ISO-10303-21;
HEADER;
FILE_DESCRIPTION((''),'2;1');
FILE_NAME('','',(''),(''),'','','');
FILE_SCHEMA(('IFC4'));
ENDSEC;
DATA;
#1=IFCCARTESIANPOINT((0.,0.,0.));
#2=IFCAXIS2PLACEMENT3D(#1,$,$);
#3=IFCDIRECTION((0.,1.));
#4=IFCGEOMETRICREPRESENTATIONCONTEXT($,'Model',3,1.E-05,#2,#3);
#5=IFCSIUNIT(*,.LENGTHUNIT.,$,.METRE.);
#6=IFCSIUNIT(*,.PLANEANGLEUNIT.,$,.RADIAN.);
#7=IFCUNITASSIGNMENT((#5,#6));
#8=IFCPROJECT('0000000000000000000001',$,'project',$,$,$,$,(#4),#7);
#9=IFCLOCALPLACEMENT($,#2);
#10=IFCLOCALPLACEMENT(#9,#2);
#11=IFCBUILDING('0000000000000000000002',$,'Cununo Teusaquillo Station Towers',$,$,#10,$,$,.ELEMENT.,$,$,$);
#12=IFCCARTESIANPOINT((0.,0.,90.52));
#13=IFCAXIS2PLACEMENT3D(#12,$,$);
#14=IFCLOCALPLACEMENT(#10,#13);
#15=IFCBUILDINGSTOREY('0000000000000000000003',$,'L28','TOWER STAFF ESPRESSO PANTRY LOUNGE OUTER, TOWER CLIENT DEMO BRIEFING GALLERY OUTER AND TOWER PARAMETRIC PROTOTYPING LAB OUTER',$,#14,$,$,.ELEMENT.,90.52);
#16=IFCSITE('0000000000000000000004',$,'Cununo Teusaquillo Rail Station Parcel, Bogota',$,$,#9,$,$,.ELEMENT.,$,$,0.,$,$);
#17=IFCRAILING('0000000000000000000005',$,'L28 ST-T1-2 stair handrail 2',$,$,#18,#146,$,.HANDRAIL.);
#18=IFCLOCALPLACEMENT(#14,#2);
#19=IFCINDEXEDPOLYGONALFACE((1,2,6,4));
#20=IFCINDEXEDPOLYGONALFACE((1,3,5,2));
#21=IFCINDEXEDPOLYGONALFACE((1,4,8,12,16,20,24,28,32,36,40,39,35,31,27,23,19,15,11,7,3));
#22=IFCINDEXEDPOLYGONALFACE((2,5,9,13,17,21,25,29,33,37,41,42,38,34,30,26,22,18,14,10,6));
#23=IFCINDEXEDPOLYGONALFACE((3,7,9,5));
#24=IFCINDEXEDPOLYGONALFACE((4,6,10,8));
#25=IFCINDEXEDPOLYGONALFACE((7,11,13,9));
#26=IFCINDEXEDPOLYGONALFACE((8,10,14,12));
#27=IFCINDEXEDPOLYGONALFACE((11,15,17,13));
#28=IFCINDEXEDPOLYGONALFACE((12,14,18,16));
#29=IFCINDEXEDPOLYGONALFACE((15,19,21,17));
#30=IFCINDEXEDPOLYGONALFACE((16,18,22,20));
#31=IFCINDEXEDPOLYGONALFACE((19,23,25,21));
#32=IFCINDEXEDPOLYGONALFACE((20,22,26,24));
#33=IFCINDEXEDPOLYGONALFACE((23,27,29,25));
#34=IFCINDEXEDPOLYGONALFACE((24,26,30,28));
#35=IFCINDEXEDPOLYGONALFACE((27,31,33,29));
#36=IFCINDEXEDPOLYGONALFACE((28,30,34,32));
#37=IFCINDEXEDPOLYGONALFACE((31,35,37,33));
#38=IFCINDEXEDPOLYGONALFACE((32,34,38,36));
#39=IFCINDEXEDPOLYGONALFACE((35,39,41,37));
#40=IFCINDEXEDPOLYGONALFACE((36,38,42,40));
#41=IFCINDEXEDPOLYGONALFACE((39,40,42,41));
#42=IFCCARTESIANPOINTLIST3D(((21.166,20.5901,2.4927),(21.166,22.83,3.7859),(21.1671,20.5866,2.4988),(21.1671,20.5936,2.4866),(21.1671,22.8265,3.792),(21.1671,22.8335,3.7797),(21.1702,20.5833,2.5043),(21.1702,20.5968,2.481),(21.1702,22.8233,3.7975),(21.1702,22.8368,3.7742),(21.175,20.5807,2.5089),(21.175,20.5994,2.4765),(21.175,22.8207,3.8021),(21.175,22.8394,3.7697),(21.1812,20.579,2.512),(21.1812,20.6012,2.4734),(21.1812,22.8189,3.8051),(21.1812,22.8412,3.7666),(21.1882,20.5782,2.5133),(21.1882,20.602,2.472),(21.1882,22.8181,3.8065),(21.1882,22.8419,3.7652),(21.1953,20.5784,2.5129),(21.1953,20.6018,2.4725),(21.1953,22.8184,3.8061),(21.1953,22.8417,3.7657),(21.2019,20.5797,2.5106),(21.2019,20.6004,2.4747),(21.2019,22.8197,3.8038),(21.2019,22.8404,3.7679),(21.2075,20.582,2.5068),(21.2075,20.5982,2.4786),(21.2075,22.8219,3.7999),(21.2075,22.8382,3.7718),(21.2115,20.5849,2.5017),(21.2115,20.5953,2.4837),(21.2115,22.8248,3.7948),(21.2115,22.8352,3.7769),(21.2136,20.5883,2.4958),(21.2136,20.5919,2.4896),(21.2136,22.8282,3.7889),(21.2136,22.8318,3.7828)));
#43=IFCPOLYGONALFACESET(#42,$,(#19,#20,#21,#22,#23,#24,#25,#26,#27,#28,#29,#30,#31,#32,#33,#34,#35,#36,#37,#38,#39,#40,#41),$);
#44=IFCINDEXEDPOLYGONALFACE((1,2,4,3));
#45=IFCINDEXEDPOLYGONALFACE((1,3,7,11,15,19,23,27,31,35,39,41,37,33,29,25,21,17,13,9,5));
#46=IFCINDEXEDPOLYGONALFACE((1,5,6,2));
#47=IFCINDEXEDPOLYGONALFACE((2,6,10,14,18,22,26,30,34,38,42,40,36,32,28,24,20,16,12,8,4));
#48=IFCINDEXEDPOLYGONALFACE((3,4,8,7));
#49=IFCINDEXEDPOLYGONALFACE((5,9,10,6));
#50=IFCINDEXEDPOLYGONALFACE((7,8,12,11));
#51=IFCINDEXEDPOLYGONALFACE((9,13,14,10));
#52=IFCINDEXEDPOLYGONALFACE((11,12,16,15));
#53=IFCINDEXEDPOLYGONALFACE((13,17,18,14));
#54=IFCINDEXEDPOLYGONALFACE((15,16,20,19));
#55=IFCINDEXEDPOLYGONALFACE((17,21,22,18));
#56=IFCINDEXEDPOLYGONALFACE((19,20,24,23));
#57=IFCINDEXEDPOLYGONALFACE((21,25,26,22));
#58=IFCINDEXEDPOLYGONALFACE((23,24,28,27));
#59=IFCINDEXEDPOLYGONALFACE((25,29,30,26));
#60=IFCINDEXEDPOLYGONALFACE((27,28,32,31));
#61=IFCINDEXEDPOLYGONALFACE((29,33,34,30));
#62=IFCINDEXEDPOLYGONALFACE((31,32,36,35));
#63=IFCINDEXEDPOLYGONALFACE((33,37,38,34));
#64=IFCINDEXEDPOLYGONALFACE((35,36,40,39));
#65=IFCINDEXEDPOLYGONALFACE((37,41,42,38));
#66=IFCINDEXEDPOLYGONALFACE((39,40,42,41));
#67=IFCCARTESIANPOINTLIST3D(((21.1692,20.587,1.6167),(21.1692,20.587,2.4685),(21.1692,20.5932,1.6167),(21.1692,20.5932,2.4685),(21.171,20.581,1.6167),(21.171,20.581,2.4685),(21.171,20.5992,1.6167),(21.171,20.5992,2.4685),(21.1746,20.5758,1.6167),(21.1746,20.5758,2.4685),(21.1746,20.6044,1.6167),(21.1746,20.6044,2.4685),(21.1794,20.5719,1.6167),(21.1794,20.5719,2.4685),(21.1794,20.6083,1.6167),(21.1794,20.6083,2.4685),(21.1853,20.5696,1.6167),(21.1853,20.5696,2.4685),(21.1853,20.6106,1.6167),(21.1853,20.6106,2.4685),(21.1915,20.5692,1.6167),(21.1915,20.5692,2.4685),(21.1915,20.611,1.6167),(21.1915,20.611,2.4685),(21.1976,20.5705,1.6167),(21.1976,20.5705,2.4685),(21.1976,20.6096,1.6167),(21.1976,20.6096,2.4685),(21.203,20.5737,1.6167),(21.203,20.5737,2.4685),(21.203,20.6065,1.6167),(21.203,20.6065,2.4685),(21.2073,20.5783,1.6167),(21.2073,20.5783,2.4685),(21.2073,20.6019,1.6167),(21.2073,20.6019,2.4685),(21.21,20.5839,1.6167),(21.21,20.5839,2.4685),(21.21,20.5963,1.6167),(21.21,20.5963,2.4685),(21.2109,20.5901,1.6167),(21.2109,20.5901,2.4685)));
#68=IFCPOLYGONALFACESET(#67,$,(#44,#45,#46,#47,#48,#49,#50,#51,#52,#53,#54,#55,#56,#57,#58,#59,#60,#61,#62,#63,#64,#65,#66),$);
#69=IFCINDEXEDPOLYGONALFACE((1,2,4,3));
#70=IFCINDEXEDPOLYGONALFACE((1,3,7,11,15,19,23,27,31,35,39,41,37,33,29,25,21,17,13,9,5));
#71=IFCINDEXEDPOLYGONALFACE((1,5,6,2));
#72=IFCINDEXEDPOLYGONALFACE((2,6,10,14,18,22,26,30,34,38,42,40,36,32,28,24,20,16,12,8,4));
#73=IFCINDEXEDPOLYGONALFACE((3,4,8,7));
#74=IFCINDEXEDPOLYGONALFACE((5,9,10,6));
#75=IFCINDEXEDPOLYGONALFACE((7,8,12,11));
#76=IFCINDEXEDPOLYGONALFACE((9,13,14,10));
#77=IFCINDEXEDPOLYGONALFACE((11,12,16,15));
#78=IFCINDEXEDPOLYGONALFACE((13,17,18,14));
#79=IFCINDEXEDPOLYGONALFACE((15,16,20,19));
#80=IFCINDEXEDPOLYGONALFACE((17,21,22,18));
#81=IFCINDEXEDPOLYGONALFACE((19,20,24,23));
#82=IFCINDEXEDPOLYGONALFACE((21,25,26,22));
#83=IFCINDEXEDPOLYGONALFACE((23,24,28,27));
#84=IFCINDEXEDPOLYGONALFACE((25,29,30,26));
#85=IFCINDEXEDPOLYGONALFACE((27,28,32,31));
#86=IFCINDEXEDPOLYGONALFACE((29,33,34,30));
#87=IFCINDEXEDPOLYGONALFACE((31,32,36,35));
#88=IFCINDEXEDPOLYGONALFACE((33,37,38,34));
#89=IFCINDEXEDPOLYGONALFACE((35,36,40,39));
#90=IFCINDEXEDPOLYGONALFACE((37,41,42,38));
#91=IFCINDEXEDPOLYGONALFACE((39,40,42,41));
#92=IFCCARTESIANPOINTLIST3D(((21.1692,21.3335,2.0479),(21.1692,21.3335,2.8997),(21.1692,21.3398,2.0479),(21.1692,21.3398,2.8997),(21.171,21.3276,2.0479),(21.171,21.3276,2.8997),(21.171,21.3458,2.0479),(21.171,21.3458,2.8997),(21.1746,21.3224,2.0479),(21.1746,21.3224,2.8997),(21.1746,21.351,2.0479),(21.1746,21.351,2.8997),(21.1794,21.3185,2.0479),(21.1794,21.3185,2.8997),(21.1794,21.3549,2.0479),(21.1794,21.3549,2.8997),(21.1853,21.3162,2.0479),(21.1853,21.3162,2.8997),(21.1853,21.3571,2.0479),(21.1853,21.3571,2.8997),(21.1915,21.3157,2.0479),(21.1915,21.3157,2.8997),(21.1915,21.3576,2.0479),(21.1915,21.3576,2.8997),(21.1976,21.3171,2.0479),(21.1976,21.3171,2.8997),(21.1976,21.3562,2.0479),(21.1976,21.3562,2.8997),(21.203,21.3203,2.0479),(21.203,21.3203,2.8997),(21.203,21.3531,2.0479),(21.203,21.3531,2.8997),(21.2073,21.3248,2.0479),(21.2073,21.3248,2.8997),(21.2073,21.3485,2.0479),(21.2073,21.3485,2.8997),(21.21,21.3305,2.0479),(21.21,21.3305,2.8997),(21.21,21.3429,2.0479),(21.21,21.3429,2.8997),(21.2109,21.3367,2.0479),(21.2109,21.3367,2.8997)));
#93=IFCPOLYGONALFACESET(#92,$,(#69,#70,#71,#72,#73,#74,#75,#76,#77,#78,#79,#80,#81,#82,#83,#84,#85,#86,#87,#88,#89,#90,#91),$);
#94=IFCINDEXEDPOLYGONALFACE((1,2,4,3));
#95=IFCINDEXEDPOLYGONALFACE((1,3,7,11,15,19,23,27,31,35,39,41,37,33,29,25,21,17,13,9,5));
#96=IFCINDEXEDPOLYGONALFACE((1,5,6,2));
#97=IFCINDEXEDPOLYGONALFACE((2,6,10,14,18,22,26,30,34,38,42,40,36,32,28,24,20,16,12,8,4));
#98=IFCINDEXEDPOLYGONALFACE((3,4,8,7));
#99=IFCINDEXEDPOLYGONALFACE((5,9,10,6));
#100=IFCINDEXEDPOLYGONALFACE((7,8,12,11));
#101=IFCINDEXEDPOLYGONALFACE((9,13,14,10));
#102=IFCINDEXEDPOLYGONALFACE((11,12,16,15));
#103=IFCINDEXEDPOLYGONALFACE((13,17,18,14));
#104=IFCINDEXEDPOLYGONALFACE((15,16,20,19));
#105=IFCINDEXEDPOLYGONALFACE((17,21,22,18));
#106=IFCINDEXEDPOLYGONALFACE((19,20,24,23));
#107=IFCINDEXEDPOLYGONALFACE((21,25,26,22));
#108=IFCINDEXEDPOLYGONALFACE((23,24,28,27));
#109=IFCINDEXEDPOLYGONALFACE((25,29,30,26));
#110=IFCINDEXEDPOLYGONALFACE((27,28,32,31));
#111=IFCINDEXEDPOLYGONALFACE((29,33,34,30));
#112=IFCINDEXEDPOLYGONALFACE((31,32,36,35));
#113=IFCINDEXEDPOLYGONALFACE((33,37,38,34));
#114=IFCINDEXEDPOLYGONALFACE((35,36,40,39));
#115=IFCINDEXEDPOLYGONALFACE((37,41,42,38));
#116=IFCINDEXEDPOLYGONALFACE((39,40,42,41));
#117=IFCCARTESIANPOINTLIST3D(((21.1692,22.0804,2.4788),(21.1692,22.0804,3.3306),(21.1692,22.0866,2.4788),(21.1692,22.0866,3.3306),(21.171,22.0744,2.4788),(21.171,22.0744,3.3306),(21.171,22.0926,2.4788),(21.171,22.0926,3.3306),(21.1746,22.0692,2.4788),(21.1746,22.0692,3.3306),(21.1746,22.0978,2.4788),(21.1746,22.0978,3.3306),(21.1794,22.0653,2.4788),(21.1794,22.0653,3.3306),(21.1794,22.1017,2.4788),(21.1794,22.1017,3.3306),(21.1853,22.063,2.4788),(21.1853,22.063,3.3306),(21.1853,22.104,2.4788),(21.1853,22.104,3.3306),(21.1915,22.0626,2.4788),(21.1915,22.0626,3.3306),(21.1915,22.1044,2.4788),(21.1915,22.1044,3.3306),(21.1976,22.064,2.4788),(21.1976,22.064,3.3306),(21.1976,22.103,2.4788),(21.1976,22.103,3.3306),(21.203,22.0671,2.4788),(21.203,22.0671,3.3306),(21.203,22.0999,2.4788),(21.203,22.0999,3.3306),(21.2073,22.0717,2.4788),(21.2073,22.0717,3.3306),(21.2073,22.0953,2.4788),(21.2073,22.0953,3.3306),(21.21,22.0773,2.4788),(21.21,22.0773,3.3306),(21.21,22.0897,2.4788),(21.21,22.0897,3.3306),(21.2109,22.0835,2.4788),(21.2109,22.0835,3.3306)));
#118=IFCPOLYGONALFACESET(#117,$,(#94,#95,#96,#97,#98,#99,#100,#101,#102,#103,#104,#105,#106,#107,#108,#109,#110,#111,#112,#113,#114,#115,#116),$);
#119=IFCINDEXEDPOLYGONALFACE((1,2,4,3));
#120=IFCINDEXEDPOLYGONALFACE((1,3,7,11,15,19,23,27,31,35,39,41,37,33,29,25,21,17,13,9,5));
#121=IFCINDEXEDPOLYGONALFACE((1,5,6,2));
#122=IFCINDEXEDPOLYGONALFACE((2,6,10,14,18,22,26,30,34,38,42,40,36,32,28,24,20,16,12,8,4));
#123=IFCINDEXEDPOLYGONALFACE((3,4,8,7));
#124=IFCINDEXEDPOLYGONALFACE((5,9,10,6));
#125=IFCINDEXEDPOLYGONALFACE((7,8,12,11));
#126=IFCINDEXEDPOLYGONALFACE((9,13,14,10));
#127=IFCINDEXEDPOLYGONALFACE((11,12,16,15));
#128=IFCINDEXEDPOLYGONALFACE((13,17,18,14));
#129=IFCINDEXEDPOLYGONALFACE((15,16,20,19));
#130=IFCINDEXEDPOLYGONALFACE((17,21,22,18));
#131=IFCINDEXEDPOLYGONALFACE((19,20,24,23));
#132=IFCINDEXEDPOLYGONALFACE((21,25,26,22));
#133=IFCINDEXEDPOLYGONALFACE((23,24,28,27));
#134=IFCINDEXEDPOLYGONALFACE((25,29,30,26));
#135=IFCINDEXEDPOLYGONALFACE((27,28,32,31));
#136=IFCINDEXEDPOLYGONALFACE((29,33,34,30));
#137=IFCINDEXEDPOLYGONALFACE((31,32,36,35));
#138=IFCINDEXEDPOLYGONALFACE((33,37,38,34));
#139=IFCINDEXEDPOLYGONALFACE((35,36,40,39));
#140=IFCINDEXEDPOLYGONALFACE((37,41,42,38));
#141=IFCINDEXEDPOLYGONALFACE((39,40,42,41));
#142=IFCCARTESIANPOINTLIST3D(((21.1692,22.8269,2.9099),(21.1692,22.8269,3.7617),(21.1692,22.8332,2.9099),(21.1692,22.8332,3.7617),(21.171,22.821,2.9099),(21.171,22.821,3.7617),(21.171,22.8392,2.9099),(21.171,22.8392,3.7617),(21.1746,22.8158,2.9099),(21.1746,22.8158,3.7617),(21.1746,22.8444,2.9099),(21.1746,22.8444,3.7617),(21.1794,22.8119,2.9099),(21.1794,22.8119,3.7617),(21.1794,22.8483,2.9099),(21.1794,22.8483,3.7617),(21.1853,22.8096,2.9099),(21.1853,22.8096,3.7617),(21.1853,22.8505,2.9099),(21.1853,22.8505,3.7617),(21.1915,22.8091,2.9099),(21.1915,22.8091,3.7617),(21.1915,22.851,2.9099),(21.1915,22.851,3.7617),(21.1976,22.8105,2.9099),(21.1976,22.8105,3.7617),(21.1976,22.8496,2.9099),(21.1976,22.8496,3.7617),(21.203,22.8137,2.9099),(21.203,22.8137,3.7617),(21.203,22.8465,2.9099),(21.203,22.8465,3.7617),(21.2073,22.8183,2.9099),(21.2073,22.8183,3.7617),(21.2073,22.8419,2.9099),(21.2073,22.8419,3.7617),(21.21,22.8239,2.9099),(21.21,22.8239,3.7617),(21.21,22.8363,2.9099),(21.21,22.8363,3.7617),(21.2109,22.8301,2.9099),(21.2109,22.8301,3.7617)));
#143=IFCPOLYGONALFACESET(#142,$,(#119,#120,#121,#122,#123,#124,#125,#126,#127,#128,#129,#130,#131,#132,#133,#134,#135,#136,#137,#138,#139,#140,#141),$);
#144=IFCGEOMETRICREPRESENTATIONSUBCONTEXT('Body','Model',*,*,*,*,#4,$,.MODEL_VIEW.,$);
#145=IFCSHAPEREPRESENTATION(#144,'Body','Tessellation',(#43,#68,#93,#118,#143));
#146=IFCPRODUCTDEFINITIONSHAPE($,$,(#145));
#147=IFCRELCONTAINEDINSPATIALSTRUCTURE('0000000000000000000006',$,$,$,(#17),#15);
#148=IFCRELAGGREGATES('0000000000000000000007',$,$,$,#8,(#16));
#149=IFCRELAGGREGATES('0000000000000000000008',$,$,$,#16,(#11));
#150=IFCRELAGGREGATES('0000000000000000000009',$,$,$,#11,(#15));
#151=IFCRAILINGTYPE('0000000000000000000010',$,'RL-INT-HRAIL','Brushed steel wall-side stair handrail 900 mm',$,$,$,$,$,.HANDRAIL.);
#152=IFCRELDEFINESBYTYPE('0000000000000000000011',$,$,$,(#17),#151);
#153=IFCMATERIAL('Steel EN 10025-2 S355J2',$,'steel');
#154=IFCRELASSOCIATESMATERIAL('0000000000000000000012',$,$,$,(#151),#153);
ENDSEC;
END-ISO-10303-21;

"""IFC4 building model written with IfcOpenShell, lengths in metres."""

from ifc_helpers import new_model, si_unit, direction, frame, origin, origin_2d, place, context, subcontext, project, spatial, circle, extrude, material, type_object, element, save


model = new_model("IFC4")

# Units and contexts
model_context = context("Model", 3, precision=1e-05, world=origin(), true_north=direction((0.0, 1.0)))
body_context = subcontext(model_context, "Body", "Model", "MODEL_VIEW")
ifc_project = project(units=[si_unit("LENGTHUNIT", "METRE"), si_unit("PLANEANGLEUNIT", "RADIAN")], contexts=[model_context])

# Site, building, storey
site_placement = place(None, origin())
site = spatial("IfcSite", under=ifc_project, at=site_placement, Name="Cununo Teusaquillo Rail Station Parcel, Bogota", CompositionType="ELEMENT", RefElevation=0.0)
building_placement = place(site_placement, origin())
building = spatial("IfcBuilding", under=site, at=building_placement, Name="Cununo Teusaquillo Station Towers", CompositionType="ELEMENT")
storey_placement = place(building_placement, frame((0.0, 0.0, 90.52)))
storey = spatial("IfcBuildingStorey", under=building, at=storey_placement, Name="L28", Description="TOWER STAFF ESPRESSO PANTRY LOUNGE OUTER, TOWER CLIENT DEMO BRIEFING GALLERY OUTER AND TOWER PARAMETRIC PROTOTYPING LAB OUTER", CompositionType="ELEMENT", Elevation=90.52)

# Railing
ifc_material_1 = material(Name="Steel EN 10025-2 S355J2", Category="steel")
railing_type_1 = type_object("IfcRailingType", Name="RL-INT-HRAIL", Description="Brushed steel wall-side stair handrail 900 mm", PredefinedType="HANDRAIL", material=ifc_material_1)
railing_1_placement = place(storey_placement, frame((21.1899, 20.5901, 1.6167)))
element("IfcRailing", 1, at=railing_1_placement, inside=storey, type_object=railing_type_1, Name="L28 ST-T1-2 stair handrail 2", PredefinedType="HANDRAIL", context=body_context, shape_type="SweptSolid", body=[
    extrude(circle(Radius=0.0239, at=origin_2d()), frame((0.0, 0.0, 0.876), z_axis=(0.0, 0.866033, 0.499987), x_axis=(-1.0, 0.0, 0.0)), (0.0, 0.0, 1.0), 2.5864),
    extrude(circle(Radius=0.021, at=origin_2d()), origin(), (0.0, 0.0, 1.0), 0.8518),
    extrude(circle(Radius=0.021, at=origin_2d()), frame((0.0, 0.7466, 0.4312)), (0.0, 0.0, 1.0), 0.8518),
    extrude(circle(Radius=0.021, at=origin_2d()), frame((0.0, 1.4934, 0.8621)), (0.0, 0.0, 1.0), 0.8518),
    extrude(circle(Radius=0.021, at=origin_2d()), frame((0.0, 2.24, 1.2932)), (0.0, 0.0, 1.0), 0.8518),
])

save(model, "model.ifc")
